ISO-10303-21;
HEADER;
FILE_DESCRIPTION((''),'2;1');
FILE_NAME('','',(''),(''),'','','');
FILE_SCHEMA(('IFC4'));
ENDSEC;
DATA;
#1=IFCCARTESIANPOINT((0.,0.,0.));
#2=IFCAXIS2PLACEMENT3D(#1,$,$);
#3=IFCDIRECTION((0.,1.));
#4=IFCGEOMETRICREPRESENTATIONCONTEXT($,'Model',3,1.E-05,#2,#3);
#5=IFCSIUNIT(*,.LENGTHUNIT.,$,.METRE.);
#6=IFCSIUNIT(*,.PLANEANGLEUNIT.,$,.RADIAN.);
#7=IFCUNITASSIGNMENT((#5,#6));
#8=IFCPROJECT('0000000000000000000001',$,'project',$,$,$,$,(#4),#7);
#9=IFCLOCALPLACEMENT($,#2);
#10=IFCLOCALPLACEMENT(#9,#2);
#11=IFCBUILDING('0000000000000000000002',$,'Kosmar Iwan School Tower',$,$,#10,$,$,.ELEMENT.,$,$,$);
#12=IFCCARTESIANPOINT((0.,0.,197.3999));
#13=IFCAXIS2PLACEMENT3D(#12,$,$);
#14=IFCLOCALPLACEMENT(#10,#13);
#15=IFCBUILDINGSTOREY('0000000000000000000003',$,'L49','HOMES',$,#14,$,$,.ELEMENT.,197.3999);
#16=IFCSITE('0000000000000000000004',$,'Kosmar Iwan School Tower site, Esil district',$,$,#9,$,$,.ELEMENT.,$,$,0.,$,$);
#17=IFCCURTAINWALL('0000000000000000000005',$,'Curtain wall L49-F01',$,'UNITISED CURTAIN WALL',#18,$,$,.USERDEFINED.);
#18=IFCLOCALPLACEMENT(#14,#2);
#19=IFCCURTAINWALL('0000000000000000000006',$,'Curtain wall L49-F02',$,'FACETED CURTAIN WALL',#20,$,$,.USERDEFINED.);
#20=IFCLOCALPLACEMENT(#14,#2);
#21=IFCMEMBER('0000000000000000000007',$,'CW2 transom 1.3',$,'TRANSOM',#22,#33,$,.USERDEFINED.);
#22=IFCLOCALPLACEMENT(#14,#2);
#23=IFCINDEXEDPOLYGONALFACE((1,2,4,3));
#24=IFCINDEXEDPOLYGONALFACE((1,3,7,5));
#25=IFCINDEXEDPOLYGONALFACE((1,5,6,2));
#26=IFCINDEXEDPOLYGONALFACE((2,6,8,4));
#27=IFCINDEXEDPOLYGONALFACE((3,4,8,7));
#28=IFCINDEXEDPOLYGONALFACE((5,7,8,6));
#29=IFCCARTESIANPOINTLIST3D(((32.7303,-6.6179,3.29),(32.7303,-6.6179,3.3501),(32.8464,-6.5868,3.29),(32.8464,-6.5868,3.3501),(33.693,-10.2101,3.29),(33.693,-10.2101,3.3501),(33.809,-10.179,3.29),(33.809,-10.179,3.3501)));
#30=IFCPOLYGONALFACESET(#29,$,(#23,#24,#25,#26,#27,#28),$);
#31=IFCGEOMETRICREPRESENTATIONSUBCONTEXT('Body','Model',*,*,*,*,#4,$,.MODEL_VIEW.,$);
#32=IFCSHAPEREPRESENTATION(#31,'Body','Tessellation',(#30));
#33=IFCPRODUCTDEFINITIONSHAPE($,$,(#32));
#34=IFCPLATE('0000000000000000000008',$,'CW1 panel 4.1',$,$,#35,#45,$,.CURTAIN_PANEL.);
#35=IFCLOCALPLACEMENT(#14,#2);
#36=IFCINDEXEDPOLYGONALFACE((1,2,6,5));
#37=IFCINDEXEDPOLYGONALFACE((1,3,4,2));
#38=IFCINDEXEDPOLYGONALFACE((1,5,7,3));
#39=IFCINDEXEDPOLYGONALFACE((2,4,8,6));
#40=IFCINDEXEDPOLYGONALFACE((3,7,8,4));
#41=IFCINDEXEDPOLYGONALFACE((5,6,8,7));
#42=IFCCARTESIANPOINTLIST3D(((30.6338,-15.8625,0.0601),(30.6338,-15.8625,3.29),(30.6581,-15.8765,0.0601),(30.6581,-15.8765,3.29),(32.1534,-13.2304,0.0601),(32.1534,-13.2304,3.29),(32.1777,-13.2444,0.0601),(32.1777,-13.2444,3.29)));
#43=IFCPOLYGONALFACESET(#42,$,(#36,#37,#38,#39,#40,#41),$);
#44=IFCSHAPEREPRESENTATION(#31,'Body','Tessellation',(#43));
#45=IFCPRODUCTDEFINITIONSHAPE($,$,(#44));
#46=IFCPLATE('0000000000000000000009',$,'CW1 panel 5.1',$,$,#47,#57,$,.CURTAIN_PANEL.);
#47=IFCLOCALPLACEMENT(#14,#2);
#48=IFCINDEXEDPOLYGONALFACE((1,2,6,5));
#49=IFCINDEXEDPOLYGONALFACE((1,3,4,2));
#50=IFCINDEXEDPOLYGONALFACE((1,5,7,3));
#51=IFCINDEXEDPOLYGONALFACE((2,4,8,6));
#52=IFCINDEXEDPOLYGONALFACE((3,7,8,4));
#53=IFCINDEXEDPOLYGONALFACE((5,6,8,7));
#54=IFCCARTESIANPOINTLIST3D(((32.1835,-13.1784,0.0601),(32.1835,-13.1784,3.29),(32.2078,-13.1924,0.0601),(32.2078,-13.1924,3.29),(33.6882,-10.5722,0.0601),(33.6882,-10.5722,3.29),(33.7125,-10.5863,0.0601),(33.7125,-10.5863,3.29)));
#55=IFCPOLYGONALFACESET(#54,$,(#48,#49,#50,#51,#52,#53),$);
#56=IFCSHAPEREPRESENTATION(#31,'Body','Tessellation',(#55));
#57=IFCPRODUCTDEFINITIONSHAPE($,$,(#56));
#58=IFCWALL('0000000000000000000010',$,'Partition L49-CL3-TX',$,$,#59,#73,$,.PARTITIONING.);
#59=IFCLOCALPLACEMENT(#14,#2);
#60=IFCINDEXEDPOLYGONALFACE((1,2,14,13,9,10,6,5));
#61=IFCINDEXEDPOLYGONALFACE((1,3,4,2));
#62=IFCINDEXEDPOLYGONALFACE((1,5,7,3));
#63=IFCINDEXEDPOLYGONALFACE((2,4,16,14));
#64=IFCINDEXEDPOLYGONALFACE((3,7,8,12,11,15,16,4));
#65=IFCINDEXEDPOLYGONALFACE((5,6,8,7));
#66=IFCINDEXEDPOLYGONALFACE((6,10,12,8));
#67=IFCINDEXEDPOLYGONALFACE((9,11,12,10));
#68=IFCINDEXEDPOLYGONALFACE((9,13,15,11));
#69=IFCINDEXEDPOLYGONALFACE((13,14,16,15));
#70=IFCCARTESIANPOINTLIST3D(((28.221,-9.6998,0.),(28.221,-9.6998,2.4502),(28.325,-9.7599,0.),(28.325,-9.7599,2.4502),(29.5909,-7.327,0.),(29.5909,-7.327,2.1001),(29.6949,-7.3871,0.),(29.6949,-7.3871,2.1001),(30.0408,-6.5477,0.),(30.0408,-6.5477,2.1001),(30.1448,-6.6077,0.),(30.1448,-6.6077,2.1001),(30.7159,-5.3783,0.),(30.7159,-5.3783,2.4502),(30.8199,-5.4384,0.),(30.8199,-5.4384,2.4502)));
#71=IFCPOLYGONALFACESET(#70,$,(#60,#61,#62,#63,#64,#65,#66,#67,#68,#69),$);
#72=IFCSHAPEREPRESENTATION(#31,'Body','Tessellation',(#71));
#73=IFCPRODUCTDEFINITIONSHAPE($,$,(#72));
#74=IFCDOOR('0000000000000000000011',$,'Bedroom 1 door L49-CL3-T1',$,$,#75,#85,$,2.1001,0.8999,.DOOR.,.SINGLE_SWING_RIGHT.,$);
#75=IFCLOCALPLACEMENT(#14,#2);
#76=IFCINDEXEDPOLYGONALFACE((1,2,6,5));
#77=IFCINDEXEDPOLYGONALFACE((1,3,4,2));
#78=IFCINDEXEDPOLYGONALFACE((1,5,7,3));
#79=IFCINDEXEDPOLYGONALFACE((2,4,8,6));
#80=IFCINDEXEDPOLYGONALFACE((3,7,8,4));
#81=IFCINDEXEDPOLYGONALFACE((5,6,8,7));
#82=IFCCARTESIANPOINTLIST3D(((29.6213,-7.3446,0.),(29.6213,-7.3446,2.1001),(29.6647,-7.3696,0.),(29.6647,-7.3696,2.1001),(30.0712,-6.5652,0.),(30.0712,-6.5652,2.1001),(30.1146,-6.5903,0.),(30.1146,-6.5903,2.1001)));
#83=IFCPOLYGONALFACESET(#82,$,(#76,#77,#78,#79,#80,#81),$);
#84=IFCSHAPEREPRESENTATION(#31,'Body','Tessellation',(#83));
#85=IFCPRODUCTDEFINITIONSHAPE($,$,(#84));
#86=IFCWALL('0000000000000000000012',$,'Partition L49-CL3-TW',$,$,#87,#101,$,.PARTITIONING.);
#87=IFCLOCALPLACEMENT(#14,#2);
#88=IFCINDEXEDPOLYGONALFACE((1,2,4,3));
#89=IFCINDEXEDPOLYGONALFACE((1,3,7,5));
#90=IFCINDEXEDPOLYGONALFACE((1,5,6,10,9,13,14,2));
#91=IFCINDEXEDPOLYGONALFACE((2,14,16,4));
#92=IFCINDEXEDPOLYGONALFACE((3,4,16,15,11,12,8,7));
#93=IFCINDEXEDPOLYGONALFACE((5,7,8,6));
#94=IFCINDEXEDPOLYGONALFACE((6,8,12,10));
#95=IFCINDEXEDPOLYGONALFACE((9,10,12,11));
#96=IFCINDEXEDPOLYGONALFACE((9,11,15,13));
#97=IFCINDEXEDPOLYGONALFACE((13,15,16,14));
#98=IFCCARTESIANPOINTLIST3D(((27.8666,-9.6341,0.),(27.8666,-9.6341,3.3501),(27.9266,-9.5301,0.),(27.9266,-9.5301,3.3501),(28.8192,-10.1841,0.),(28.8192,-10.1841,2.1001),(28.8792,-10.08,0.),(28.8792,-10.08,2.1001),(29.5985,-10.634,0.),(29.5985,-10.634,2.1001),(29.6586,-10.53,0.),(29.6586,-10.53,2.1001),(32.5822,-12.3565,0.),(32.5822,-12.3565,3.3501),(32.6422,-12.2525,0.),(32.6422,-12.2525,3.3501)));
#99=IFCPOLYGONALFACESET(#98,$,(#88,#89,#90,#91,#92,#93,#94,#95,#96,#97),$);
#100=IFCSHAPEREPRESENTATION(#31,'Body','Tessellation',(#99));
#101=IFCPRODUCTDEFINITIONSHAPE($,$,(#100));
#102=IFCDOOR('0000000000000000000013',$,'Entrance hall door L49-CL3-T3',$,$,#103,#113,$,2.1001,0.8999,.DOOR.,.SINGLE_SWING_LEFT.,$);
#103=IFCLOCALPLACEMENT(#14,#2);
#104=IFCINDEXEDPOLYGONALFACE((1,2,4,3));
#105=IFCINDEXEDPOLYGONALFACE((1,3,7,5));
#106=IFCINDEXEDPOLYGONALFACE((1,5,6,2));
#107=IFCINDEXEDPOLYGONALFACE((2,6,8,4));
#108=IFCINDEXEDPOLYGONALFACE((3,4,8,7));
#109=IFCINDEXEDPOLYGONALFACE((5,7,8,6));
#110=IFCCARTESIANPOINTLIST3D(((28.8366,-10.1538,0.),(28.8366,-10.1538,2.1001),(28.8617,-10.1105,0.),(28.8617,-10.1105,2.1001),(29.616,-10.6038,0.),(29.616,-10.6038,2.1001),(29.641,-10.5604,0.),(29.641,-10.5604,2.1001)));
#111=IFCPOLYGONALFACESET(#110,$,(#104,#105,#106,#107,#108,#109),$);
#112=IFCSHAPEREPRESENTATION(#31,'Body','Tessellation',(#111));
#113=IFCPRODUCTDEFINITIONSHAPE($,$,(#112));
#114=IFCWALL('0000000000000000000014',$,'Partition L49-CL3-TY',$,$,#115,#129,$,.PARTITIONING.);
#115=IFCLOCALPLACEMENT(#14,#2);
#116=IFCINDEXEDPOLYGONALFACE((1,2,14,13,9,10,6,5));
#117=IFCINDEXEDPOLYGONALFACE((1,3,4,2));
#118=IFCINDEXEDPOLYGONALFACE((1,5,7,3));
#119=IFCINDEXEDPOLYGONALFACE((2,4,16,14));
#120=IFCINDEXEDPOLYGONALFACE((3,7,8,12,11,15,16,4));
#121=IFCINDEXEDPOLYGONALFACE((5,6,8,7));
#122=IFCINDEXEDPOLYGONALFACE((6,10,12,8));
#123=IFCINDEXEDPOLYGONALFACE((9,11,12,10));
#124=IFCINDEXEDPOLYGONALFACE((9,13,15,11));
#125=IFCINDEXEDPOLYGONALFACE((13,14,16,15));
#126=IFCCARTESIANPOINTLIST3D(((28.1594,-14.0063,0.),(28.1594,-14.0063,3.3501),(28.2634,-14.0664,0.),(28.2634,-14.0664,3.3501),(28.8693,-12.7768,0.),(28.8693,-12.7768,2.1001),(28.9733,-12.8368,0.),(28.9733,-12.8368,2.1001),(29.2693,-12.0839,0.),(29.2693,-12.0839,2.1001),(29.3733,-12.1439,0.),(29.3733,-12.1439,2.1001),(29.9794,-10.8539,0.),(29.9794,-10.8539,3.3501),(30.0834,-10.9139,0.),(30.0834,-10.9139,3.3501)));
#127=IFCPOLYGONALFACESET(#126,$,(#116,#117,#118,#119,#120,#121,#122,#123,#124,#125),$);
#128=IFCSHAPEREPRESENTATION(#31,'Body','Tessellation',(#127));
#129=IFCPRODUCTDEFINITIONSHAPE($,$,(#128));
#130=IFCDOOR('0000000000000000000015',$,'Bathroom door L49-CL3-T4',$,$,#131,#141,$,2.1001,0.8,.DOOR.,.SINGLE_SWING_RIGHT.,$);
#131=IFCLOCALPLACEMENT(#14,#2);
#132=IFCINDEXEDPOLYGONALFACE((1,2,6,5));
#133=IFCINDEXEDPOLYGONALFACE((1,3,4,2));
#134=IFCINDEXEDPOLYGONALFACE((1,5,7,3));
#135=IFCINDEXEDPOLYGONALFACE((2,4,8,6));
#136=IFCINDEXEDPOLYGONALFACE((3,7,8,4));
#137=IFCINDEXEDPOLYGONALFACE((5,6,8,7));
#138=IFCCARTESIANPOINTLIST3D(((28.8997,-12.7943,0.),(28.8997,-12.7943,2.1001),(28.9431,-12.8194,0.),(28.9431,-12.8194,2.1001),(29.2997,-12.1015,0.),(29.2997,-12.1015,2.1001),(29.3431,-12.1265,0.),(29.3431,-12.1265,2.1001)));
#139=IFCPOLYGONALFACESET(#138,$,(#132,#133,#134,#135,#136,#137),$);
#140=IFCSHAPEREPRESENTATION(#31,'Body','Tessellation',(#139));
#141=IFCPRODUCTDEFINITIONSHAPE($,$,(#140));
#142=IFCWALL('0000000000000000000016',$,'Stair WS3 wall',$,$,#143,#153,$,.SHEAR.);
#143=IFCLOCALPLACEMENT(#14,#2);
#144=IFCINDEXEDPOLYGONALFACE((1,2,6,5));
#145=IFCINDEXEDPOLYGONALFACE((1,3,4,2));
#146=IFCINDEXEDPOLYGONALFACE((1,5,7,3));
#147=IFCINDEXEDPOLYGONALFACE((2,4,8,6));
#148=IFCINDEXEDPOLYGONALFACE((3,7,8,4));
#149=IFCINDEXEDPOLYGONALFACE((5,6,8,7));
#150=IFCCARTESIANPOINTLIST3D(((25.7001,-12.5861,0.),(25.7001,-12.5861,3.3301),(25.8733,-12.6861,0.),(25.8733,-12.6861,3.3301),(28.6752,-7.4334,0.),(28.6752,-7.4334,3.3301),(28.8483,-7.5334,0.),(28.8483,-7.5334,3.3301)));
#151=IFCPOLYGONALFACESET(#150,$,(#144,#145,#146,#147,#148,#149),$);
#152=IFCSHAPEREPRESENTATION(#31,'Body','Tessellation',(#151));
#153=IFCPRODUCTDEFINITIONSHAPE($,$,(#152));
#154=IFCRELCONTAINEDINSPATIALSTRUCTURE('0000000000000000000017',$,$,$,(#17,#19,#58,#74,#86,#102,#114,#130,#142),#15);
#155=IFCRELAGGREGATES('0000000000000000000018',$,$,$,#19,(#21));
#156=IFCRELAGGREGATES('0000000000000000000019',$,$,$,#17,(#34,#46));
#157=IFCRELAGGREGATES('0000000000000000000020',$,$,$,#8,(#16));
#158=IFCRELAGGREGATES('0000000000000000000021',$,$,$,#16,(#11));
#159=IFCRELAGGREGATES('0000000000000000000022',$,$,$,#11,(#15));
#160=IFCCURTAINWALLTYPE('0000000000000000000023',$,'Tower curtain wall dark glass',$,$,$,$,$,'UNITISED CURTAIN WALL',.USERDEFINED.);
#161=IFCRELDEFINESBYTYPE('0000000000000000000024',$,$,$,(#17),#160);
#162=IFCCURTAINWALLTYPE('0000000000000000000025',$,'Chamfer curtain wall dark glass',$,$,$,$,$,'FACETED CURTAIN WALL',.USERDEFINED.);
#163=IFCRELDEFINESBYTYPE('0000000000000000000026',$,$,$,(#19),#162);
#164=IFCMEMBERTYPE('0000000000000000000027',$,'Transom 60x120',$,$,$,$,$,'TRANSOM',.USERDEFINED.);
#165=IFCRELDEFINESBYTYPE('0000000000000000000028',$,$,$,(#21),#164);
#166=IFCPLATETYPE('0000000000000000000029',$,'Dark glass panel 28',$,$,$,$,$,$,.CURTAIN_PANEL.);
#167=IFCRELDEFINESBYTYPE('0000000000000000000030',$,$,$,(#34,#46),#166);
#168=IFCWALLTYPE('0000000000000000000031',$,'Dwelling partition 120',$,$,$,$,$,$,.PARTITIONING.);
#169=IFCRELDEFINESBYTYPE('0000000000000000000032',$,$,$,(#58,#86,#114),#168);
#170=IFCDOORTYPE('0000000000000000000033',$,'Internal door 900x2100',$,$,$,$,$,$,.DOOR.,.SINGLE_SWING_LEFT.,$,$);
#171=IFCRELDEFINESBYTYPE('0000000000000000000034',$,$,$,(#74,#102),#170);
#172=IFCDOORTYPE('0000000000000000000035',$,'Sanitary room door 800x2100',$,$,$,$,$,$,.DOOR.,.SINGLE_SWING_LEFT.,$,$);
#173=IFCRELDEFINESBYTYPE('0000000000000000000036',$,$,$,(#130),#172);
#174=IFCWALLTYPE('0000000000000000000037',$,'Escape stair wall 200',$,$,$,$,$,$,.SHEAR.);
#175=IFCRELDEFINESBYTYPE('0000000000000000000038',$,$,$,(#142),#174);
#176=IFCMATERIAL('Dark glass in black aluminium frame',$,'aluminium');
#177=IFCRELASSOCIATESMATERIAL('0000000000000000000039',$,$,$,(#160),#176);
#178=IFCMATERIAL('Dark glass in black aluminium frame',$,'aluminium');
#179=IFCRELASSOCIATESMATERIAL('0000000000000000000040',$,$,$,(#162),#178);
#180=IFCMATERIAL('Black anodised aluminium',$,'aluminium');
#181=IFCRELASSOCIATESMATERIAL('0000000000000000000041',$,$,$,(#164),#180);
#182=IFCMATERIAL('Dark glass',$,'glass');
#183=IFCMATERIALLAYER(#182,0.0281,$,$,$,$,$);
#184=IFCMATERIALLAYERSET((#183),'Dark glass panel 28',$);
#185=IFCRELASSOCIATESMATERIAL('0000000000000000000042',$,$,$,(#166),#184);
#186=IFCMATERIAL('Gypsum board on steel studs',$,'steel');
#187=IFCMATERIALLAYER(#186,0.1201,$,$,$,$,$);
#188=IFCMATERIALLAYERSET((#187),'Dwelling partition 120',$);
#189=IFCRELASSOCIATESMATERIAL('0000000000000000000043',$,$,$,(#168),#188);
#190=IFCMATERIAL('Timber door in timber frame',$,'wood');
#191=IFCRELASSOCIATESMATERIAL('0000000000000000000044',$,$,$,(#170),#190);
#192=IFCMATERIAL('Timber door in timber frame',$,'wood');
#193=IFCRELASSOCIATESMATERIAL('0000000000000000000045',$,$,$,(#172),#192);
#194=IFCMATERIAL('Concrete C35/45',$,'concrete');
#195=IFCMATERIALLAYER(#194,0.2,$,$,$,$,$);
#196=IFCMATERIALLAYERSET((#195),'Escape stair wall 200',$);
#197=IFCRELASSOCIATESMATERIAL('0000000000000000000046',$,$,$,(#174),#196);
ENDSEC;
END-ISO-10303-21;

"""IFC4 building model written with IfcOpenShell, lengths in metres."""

from ifc_helpers import new_model, si_unit, direction, frame, frame_2d, origin, origin_2d, place, context, subcontext, project, spatial, rectangle, extrude, material, layer, layer_set, material_profile, profile_set, type_object, element, fill, aggregate, save


model = new_model("IFC4")

# Units and contexts
model_context = context("Model", 3, precision=1e-05, world=origin(), true_north=direction((0.0, 1.0)))
body_context = subcontext(model_context, "Body", "Model", "MODEL_VIEW")
ifc_project = project(units=[si_unit("LENGTHUNIT", "METRE"), si_unit("PLANEANGLEUNIT", "RADIAN")], contexts=[model_context])

# Site, building, storey
site_placement = place(None, origin())
site = spatial("IfcSite", under=ifc_project, at=site_placement, Name="Kosmar Iwan School Tower site, Esil district", CompositionType="ELEMENT", RefElevation=0.0)
building_placement = place(site_placement, origin())
building = spatial("IfcBuilding", under=site, at=building_placement, Name="Kosmar Iwan School Tower", CompositionType="ELEMENT")
storey_placement = place(building_placement, frame((0.0, 0.0, 197.3999)))
storey = spatial("IfcBuildingStorey", under=building, at=storey_placement, Name="L49", Description="HOMES", CompositionType="ELEMENT", Elevation=197.3999)

# Curtain wall
ifc_material_1 = material(Name="Dark glass in black aluminium frame", Category="aluminium")
curtain_wall_type_1 = type_object("IfcCurtainWallType", Name="Tower curtain wall dark glass", ElementType="UNITISED CURTAIN WALL", PredefinedType="USERDEFINED", material=ifc_material_1)
curtain_wall_1_placement = place(storey_placement, origin())
curtain_wall_1 = element("IfcCurtainWall", 1, at=curtain_wall_1_placement, inside=storey, type_object=curtain_wall_type_1, Name="Curtain wall L49-F01", ObjectType="UNITISED CURTAIN WALL", PredefinedType="USERDEFINED")

# Curtain wall
ifc_material_2 = material(Name="Dark glass in black aluminium frame", Category="aluminium")
curtain_wall_type_2 = type_object("IfcCurtainWallType", Name="Chamfer curtain wall dark glass", ElementType="FACETED CURTAIN WALL", PredefinedType="USERDEFINED", material=ifc_material_2)
curtain_wall_2_placement = place(storey_placement, origin())
curtain_wall_2 = element("IfcCurtainWall", 2, at=curtain_wall_2_placement, inside=storey, type_object=curtain_wall_type_2, Name="Curtain wall L49-F02", ObjectType="FACETED CURTAIN WALL", PredefinedType="USERDEFINED")

# Member
ifc_material_3 = material(Name="Black anodised aluminium", Category="aluminium")
ifc_material_profile_1 = material_profile(ifc_material_3, rectangle(XDim=0.1201, YDim=0.0601, at=origin_2d()), Name="TRANSOM 60x120")
ifc_profile_set_1 = profile_set([ifc_material_profile_1], Name="Black anodised aluminium")
member_type_1 = type_object("IfcMemberType", Name="Transom 60x120", ElementType="TRANSOM", PredefinedType="USERDEFINED", material=ifc_profile_set_1)
member_1_placement = place(storey_placement, frame((33.751, -10.1946, 3.3201), z_axis=(-0.258843, 0.965919, 0.0), x_axis=(-0.965919, -0.258843, 0.0)))
member_1 = element("IfcMember", 3, at=member_1_placement, type_object=member_type_1, Name="CW2 transom 1.3", ObjectType="TRANSOM", PredefinedType="USERDEFINED", context=body_context, shape_type="SweptSolid", body=[
    extrude(rectangle(XDim=0.1201, YDim=0.0601, at=origin_2d()), origin(), (0.0, 0.0, 1.0), 3.719),
])
aggregate(curtain_wall_2, [member_1])

# Plates
ifc_material_4 = material(Name="Dark glass", Category="glass")
ifc_layer_1 = layer(ifc_material_4, 0.0281)
ifc_layer_set_1 = layer_set([ifc_layer_1], Name="Dark glass panel 28")
plate_type = type_object("IfcPlateType", Name="Dark glass panel 28", PredefinedType="CURTAIN_PANEL", material=ifc_layer_set_1)
plate_1_placement = place(storey_placement, frame((31.4058, -14.5535, 0.0601), z_axis=(0.0, 0.0, 1.0), x_axis=(0.5, 0.866025, 0.0)))
plate_1 = element("IfcPlate", 4, at=plate_1_placement, type_object=plate_type, Name="CW1 panel 4.1", PredefinedType="CURTAIN_PANEL", context=body_context, shape_type="SweptSolid", body=[
    extrude(rectangle(XDim=3.0393, YDim=0.0281, at=origin_2d()), origin(), (0.0, 0.0, 1.0), 3.23),
])
plate_2_placement = place(storey_placement, frame((32.948, -11.8823, 0.0601), z_axis=(0.0, 0.0, 1.0), x_axis=(0.5, 0.866025, 0.0)))
plate_2 = element("IfcPlate", 5, at=plate_2_placement, type_object=plate_type, Name="CW1 panel 5.1", PredefinedType="CURTAIN_PANEL", context=body_context, shape_type="SweptSolid", body=[
    extrude(rectangle(XDim=3.0093, YDim=0.0281, at=origin_2d()), origin(), (0.0, 0.0, 1.0), 3.23),
])
aggregate(curtain_wall_1, [plate_1, plate_2])

# Walls, openings, doors
ifc_material_5 = material(Name="Gypsum board on steel studs", Category="steel")
ifc_layer_2 = layer(ifc_material_5, 0.1201)
ifc_layer_set_2 = layer_set([ifc_layer_2], Name="Dwelling partition 120")
wall_type_1 = type_object("IfcWallType", Name="Dwelling partition 120", PredefinedType="PARTITIONING", material=ifc_layer_set_2)
wall_1_placement = place(storey_placement, frame((28.2729, -9.73, 0.0), z_axis=(0.0, 0.0, 1.0), x_axis=(0.499975, 0.86604, 0.0)))
wall_1 = element("IfcWall", 6, at=wall_1_placement, inside=storey, type_object=wall_type_1, Name="Partition L49-CL3-TX", PredefinedType="PARTITIONING", context=body_context, shape_type="SweptSolid", body=[
    extrude(rectangle(XDim=4.99, YDim=0.1201, at=frame_2d((2.4951, 0.0))), origin(), (0.0, 0.0, 1.0), 2.4502),
])
opening_1_placement = place(wall_1_placement, frame((2.74, 0.0, 0.0)))
opening_1 = element("IfcOpeningElement", 7, at=opening_1_placement, cuts=wall_1, PredefinedType="OPENING", context=body_context, shape_type="SweptSolid", body=[
    extrude(rectangle(XDim=0.8999, YDim=2.1001, at=frame_2d((0.45, 1.05))), frame((0.0, 0.072, 0.0), z_axis=(0.0, -1.0, 0.0), x_axis=(1.0, 0.0, 0.0)), (0.0, 0.0, 1.0), 0.144),
])
ifc_material_6 = material(Name="Timber door in timber frame", Category="wood")
door_type_1 = type_object("IfcDoorType", Name="Internal door 900x2100", OperationType="SINGLE_SWING_LEFT", PredefinedType="DOOR", material=ifc_material_6)
door_1_placement = place(opening_1_placement, origin())
door_1 = element("IfcDoor", 8, at=door_1_placement, inside=storey, type_object=door_type_1, Name="Bedroom 1 door L49-CL3-T1", OperationType="SINGLE_SWING_RIGHT", OverallHeight=2.1001, OverallWidth=0.8999, PredefinedType="DOOR", context=body_context, shape_type="SweptSolid", body=[
    extrude(rectangle(XDim=0.8999, YDim=2.1001, at=frame_2d((0.45, 1.05))), frame((0.0, 0.0249, 0.0), z_axis=(0.0, -1.0, 0.0), x_axis=(1.0, 0.0, 0.0)), (0.0, 0.0, 1.0), 0.05),
])
fill(opening_1, door_1)
wall_2_placement = place(storey_placement, frame((27.8965, -9.582, 0.0), z_axis=(0.0, 0.0, 1.0), x_axis=(0.866036, -0.499982, 0.0)))
wall_2 = element("IfcWall", 9, at=wall_2_placement, inside=storey, type_object=wall_type_1, Name="Partition L49-CL3-TW", PredefinedType="PARTITIONING", context=body_context, shape_type="SweptSolid", body=[
    extrude(rectangle(XDim=5.4451, YDim=0.1201, at=frame_2d((2.7227, 0.0))), origin(), (0.0, 0.0, 1.0), 3.3501),
])
opening_2_placement = place(wall_2_placement, frame((1.1001, 0.0, 0.0)))
opening_2 = element("IfcOpeningElement", 10, at=opening_2_placement, cuts=wall_2, PredefinedType="OPENING", context=body_context, shape_type="SweptSolid", body=[
    extrude(rectangle(XDim=0.8999, YDim=2.1001, at=frame_2d((0.45, 1.05))), frame((0.0, 0.072, 0.0), z_axis=(0.0, -1.0, 0.0), x_axis=(1.0, 0.0, 0.0)), (0.0, 0.0, 1.0), 0.144),
])
door_2_placement = place(opening_2_placement, origin())
door_2 = element("IfcDoor", 11, at=door_2_placement, inside=storey, type_object=door_type_1, Name="Entrance hall door L49-CL3-T3", OperationType="SINGLE_SWING_LEFT", OverallHeight=2.1001, OverallWidth=0.8999, PredefinedType="DOOR", context=body_context, shape_type="SweptSolid", body=[
    extrude(rectangle(XDim=0.8999, YDim=2.1001, at=frame_2d((0.45, 1.05))), frame((0.0, 0.0249, 0.0), z_axis=(0.0, -1.0, 0.0), x_axis=(1.0, 0.0, 0.0)), (0.0, 0.0, 1.0), 0.05),
])
fill(opening_2, door_2)
wall_3_placement = place(storey_placement, frame((28.2114, -14.0364, 0.0), z_axis=(0.0, 0.0, 1.0), x_axis=(0.499984, 0.866035, 0.0)))
wall_3 = element("IfcWall", 12, at=wall_3_placement, inside=storey, type_object=wall_type_1, Name="Partition L49-CL3-TY", PredefinedType="PARTITIONING", context=body_context, shape_type="SweptSolid", body=[
    extrude(rectangle(XDim=3.6401, YDim=0.1201, at=frame_2d((1.8201, 0.0))), origin(), (0.0, 0.0, 1.0), 3.3501),
])
opening_3_placement = place(wall_3_placement, frame((1.4199, 0.0, 0.0)))
opening_3 = element("IfcOpeningElement", 13, at=opening_3_placement, cuts=wall_3, PredefinedType="OPENING", context=body_context, shape_type="SweptSolid", body=[
    extrude(rectangle(XDim=0.8, YDim=2.1001, at=frame_2d((0.3999, 1.05))), frame((0.0, 0.072, 0.0), z_axis=(0.0, -1.0, 0.0), x_axis=(1.0, 0.0, 0.0)), (0.0, 0.0, 1.0), 0.144),
])
ifc_material_7 = material(Name="Timber door in timber frame", Category="wood")
door_type_2 = type_object("IfcDoorType", Name="Sanitary room door 800x2100", OperationType="SINGLE_SWING_LEFT", PredefinedType="DOOR", material=ifc_material_7)
door_3_placement = place(opening_3_placement, origin())
door_3 = element("IfcDoor", 14, at=door_3_placement, inside=storey, type_object=door_type_2, Name="Bathroom door L49-CL3-T4", OperationType="SINGLE_SWING_RIGHT", OverallHeight=2.1001, OverallWidth=0.8, PredefinedType="DOOR", context=body_context, shape_type="SweptSolid", body=[
    extrude(rectangle(XDim=0.8, YDim=2.1001, at=frame_2d((0.3999, 1.05))), frame((0.0, 0.0249, 0.0), z_axis=(0.0, -1.0, 0.0), x_axis=(1.0, 0.0, 0.0)), (0.0, 0.0, 1.0), 0.05),
])
fill(opening_3, door_3)

# Wall
ifc_material_8 = material(Name="Concrete C35/45", Category="concrete")
ifc_layer_3 = layer(ifc_material_8, 0.2)
ifc_layer_set_3 = layer_set([ifc_layer_3], Name="Escape stair wall 200")
wall_type_2 = type_object("IfcWallType", Name="Escape stair wall 200", PredefinedType="SHEAR", material=ifc_layer_set_3)
wall_4_placement = place(storey_placement, frame((25.7866, -12.6362, 0.0), z_axis=(0.0, 0.0, 1.0), x_axis=(0.500014, 0.866017, 0.0)))
element("IfcWall", 15, at=wall_4_placement, inside=storey, type_object=wall_type_2, Name="Stair WS3 wall", PredefinedType="SHEAR", context=body_context, shape_type="SweptSolid", body=[
    extrude(rectangle(XDim=5.95, YDim=0.2, at=frame_2d((2.9751, 0.0))), origin(), (0.0, 0.0, 1.0), 3.3301),
])

save(model, "model.ifc")
